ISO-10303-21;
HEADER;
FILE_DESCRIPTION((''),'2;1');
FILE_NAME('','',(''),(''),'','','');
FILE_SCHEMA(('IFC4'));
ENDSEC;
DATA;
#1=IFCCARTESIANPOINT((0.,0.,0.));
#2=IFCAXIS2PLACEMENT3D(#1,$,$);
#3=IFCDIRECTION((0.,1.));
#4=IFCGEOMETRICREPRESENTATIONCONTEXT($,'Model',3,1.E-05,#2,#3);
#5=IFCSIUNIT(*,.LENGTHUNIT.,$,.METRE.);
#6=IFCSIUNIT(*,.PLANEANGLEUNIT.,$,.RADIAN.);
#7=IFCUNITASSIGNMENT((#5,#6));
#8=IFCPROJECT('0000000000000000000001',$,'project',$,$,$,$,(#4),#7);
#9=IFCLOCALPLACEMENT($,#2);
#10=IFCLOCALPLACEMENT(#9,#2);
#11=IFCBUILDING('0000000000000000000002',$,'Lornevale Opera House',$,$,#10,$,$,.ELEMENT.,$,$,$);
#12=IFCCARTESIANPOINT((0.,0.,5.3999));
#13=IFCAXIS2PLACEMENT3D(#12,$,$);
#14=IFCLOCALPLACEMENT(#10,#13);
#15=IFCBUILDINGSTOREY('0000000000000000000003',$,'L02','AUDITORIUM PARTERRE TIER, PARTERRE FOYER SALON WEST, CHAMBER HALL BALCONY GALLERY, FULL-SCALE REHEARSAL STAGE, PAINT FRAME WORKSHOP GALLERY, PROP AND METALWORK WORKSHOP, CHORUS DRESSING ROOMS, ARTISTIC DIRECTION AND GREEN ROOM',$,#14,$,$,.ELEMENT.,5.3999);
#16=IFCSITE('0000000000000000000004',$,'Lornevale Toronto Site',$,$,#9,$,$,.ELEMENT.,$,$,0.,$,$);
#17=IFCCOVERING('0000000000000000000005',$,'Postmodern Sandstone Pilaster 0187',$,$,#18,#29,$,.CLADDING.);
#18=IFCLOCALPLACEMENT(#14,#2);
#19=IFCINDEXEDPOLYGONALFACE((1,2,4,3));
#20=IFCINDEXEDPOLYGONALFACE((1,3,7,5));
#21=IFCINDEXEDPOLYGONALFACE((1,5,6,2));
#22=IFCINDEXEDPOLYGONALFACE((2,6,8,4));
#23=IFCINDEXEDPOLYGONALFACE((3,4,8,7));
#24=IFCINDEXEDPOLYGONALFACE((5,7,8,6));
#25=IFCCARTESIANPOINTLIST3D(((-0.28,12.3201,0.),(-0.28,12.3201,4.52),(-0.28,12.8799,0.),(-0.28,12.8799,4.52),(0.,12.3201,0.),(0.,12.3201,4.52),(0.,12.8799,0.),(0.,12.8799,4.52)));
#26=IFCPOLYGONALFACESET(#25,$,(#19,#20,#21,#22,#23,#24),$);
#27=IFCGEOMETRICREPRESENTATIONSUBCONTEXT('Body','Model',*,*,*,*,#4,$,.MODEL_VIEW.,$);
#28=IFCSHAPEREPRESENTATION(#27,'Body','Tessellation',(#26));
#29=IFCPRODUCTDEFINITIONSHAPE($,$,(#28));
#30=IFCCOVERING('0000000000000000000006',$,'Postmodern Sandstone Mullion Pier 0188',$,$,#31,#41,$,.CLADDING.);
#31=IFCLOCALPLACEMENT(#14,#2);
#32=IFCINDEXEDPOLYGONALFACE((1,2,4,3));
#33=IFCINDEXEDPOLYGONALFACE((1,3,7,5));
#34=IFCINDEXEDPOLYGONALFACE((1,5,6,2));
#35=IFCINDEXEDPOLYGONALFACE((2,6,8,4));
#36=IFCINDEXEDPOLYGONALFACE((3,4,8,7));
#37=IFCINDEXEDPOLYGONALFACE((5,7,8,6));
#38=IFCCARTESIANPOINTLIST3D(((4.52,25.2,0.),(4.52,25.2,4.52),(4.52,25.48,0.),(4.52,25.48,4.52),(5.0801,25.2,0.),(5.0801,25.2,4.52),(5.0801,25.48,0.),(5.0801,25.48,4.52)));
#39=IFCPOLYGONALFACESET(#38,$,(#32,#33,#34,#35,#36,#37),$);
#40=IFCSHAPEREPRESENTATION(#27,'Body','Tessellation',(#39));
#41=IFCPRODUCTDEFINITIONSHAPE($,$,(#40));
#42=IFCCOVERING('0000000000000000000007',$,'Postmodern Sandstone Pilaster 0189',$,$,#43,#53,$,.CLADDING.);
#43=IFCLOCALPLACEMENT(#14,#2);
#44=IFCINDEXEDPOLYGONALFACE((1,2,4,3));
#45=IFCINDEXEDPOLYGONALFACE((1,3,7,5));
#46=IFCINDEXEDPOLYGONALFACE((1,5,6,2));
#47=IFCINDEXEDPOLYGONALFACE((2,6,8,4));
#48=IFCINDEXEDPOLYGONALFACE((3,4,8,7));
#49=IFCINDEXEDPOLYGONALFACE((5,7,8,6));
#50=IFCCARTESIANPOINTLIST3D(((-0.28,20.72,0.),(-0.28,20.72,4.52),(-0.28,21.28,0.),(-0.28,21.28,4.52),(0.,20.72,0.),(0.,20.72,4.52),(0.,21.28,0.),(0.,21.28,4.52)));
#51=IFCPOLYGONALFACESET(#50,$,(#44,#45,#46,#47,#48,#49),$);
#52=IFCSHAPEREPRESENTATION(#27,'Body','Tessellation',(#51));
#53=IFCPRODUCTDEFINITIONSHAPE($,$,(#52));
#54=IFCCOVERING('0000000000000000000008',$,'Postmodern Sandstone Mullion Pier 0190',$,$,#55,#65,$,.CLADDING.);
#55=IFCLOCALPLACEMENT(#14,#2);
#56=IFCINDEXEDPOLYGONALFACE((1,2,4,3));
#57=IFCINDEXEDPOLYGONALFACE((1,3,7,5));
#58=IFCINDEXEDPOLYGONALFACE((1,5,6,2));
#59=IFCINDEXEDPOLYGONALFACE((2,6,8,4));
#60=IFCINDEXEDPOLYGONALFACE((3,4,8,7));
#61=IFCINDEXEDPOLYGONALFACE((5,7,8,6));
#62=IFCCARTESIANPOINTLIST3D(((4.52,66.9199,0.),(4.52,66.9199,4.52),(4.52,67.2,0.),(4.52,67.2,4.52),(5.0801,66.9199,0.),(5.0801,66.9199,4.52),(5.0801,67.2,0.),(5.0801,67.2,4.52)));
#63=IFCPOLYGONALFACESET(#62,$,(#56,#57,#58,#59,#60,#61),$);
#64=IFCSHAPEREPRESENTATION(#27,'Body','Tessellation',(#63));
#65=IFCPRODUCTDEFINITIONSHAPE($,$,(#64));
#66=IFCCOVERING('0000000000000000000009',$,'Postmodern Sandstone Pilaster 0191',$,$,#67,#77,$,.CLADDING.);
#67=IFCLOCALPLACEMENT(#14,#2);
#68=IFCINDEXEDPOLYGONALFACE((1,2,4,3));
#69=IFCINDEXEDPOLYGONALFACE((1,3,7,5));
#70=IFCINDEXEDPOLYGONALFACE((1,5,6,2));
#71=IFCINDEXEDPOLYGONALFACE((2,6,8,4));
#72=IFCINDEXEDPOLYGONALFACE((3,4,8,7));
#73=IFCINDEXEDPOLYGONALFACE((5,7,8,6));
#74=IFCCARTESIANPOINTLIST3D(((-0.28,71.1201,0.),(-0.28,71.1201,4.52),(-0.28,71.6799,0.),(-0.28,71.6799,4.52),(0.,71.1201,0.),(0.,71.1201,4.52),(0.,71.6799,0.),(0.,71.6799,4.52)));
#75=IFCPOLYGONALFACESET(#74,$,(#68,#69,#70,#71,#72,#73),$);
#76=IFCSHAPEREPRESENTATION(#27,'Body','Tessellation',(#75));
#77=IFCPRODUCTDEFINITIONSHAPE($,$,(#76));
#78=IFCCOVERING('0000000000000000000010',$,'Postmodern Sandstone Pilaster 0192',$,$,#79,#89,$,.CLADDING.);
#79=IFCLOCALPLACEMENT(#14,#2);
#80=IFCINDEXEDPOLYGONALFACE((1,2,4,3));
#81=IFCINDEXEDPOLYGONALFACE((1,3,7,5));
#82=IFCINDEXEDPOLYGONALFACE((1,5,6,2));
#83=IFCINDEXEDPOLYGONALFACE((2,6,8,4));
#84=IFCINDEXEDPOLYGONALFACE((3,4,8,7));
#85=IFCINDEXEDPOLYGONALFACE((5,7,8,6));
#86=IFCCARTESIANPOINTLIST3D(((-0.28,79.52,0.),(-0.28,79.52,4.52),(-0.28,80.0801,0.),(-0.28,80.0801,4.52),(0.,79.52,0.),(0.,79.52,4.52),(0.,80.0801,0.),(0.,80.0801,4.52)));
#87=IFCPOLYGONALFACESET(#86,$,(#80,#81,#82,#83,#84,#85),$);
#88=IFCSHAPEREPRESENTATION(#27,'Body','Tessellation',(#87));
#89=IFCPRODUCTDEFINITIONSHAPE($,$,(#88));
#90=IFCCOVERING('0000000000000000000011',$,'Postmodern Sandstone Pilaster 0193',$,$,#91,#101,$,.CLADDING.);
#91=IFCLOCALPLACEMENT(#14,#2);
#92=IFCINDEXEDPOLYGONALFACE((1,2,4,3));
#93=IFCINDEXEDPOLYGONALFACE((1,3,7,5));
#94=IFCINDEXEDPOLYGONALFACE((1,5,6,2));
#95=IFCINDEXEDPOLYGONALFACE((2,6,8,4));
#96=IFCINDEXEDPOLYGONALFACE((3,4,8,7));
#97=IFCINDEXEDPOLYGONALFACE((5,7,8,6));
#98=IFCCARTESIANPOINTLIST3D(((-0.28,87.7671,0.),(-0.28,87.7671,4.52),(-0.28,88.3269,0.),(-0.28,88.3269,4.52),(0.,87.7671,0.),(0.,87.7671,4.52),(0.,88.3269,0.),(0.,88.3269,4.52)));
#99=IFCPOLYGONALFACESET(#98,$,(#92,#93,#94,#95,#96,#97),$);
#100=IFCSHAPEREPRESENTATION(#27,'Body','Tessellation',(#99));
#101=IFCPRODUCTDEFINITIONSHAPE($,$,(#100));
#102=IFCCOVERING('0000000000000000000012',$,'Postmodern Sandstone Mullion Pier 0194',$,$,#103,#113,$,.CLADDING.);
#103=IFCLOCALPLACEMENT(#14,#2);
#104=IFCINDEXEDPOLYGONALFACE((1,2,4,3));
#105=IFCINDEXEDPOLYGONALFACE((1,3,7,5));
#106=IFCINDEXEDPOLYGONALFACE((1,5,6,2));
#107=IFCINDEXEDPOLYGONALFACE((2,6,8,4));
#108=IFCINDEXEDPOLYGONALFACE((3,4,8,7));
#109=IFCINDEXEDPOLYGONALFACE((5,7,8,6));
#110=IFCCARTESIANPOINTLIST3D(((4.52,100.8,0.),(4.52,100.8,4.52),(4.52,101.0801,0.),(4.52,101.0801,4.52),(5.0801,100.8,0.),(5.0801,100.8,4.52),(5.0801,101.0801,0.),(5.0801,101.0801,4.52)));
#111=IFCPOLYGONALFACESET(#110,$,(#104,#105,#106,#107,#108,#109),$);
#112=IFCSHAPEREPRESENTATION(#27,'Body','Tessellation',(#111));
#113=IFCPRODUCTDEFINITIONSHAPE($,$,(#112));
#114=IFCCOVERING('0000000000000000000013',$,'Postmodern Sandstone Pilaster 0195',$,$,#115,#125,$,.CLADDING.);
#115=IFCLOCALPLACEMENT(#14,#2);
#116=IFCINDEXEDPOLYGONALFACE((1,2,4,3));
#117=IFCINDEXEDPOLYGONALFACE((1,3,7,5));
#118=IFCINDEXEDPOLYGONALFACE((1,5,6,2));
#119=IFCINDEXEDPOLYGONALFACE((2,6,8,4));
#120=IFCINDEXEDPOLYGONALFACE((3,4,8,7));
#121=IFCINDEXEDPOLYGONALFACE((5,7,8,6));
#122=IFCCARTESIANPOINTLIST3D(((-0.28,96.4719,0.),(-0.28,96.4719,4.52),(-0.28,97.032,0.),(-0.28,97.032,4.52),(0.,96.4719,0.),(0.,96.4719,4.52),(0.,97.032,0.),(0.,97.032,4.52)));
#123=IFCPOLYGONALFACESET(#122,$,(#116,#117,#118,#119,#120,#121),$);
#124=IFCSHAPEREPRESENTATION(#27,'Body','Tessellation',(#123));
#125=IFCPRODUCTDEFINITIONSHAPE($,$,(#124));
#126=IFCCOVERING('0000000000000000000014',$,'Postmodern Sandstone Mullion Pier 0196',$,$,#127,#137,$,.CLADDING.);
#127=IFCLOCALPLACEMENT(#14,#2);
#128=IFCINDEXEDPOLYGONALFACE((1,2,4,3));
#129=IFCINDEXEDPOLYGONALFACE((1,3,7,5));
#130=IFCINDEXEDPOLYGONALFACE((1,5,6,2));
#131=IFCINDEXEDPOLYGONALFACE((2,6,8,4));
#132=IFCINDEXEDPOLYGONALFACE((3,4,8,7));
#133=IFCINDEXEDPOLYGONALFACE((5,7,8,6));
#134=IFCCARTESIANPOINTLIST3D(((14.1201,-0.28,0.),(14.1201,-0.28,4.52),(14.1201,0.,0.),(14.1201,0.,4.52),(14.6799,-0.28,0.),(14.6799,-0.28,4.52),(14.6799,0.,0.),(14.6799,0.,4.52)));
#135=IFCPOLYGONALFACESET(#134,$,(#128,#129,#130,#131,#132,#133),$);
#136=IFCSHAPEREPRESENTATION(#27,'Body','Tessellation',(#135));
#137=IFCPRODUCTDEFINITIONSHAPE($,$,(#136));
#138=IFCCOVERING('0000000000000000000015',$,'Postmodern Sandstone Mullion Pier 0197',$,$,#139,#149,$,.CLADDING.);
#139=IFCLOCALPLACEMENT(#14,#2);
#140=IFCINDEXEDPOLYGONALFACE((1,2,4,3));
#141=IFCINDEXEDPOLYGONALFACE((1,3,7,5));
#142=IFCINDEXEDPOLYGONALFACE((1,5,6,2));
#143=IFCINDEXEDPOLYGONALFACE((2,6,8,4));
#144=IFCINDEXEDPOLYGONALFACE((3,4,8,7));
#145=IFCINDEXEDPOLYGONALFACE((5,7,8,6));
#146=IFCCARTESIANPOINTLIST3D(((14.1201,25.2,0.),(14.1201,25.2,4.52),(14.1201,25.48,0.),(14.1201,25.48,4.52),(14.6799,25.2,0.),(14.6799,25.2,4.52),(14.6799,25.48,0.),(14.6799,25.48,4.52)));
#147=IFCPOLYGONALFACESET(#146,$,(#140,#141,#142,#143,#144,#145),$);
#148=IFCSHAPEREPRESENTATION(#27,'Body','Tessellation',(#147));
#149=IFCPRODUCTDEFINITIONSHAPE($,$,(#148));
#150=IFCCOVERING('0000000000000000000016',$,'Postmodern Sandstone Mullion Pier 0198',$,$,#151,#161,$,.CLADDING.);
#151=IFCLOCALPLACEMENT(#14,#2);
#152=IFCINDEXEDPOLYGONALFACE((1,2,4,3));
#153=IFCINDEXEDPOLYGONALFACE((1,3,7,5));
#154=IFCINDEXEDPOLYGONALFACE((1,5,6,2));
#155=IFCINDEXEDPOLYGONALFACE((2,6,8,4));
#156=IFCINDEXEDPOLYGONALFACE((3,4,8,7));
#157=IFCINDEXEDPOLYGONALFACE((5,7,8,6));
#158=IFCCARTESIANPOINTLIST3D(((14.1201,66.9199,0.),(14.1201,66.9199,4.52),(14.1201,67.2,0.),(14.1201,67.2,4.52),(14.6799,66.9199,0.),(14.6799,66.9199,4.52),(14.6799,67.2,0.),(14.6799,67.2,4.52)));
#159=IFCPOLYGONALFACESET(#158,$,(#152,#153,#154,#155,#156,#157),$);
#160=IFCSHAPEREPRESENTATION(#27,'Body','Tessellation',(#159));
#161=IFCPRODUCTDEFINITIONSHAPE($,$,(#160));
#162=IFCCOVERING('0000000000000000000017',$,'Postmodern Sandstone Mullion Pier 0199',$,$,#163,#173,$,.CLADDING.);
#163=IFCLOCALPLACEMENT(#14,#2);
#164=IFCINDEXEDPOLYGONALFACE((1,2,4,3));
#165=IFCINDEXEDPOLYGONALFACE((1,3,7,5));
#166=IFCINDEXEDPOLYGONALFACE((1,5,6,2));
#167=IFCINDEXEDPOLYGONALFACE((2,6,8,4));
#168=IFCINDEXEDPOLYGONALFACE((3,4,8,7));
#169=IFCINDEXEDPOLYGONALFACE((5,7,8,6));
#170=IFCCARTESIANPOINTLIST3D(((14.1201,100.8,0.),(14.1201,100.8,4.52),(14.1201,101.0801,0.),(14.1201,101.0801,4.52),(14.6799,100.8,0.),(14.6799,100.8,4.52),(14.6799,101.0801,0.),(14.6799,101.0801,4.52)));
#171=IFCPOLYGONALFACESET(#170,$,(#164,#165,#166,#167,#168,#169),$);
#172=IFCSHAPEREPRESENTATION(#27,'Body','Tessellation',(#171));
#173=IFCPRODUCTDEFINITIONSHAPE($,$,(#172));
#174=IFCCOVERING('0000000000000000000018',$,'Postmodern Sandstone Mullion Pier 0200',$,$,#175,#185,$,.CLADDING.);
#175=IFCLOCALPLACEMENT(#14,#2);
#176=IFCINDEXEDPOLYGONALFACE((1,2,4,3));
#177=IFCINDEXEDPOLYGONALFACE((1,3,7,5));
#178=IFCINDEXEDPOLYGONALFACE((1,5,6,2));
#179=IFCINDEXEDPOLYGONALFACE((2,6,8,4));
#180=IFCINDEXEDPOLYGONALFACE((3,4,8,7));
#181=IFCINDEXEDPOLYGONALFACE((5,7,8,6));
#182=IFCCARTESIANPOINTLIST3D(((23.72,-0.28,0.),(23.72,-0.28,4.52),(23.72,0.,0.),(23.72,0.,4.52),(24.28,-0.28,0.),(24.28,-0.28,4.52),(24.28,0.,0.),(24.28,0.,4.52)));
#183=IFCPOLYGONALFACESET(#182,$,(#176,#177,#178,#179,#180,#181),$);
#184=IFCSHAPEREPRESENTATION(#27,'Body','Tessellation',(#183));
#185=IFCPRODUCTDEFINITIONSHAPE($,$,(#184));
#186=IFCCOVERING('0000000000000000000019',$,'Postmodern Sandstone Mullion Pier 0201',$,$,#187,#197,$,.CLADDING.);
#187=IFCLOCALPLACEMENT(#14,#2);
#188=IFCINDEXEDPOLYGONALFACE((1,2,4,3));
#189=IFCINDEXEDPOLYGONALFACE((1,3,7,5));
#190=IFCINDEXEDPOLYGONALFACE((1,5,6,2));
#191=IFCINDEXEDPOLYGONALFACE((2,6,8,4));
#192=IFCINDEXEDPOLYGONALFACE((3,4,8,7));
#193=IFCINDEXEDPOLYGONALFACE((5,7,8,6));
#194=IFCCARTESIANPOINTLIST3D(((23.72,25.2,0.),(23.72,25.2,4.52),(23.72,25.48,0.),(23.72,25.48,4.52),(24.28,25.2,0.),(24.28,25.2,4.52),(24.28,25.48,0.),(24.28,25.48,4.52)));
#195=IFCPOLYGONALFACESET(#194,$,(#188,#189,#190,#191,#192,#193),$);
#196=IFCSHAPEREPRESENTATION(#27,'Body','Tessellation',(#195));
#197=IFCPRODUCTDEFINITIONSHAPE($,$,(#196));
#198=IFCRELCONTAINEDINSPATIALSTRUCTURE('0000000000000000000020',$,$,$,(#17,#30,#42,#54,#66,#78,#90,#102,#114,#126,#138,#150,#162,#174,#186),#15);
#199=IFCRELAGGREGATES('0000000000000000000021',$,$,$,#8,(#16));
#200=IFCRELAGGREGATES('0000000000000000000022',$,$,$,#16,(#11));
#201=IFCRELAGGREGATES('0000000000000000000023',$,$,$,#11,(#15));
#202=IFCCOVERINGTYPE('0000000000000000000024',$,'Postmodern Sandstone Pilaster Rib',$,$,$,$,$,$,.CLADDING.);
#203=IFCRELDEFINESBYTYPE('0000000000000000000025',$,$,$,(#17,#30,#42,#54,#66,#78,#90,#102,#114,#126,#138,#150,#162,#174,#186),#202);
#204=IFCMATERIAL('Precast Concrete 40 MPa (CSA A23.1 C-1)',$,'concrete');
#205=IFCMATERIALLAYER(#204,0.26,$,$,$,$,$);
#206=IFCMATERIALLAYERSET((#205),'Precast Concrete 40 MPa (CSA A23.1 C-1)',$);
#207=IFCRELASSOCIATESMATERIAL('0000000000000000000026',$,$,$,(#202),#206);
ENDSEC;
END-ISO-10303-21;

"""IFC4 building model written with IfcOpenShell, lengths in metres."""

from ifc_helpers import new_model, si_unit, direction, frame, origin, place, context, subcontext, project, spatial, polyline, outline, extrude, material, layer, layer_set, type_object, element, save


model = new_model("IFC4")

# Units and contexts
model_context = context("Model", 3, precision=1e-05, world=origin(), true_north=direction((0.0, 1.0)))
body_context = subcontext(model_context, "Body", "Model", "MODEL_VIEW")
ifc_project = project(units=[si_unit("LENGTHUNIT", "METRE"), si_unit("PLANEANGLEUNIT", "RADIAN")], contexts=[model_context])

# Site, building, storey
site_placement = place(None, origin())
site = spatial("IfcSite", under=ifc_project, at=site_placement, Name="Lornevale Toronto Site", CompositionType="ELEMENT", RefElevation=0.0)
building_placement = place(site_placement, origin())
building = spatial("IfcBuilding", under=site, at=building_placement, Name="Lornevale Opera House", CompositionType="ELEMENT")
storey_placement = place(building_placement, frame((0.0, 0.0, 5.3999)))
storey = spatial("IfcBuildingStorey", under=building, at=storey_placement, Name="L02", Description="AUDITORIUM PARTERRE TIER, PARTERRE FOYER SALON WEST, CHAMBER HALL BALCONY GALLERY, FULL-SCALE REHEARSAL STAGE, PAINT FRAME WORKSHOP GALLERY, PROP AND METALWORK WORKSHOP, CHORUS DRESSING ROOMS, ARTISTIC DIRECTION AND GREEN ROOM", CompositionType="ELEMENT", Elevation=5.3999)

# Coverings
ifc_material = material(Name="Precast Concrete 40 MPa (CSA A23.1 C-1)", Category="concrete")
ifc_layer = layer(ifc_material, 0.26)
ifc_layer_set = layer_set([ifc_layer], Name="Precast Concrete 40 MPa (CSA A23.1 C-1)")
covering_type = type_object("IfcCoveringType", Name="Postmodern Sandstone Pilaster Rib", PredefinedType="CLADDING", material=ifc_layer_set)
covering_1_placement = place(storey_placement, origin())
element("IfcCovering", 1, at=covering_1_placement, inside=storey, type_object=covering_type, Name="Postmodern Sandstone Pilaster 0187", PredefinedType="CLADDING", context=body_context, shape_type="SweptSolid", body=[
    extrude(outline(polyline([(0.0, 12.3201), (0.0, 12.8799), (-0.28, 12.8799), (-0.28, 12.3201), (0.0, 12.3201)])), origin(), (0.0, 0.0, 1.0), 4.52),
])
covering_2_placement = place(storey_placement, origin())
element("IfcCovering", 2, at=covering_2_placement, inside=storey, type_object=covering_type, Name="Postmodern Sandstone Mullion Pier 0188", PredefinedType="CLADDING", context=body_context, shape_type="SweptSolid", body=[
    extrude(outline(polyline([(4.52, 25.2), (5.0801, 25.2), (5.0801, 25.48), (4.52, 25.48), (4.52, 25.2)])), origin(), (0.0, 0.0, 1.0), 4.52),
])
covering_3_placement = place(storey_placement, origin())
element("IfcCovering", 3, at=covering_3_placement, inside=storey, type_object=covering_type, Name="Postmodern Sandstone Pilaster 0189", PredefinedType="CLADDING", context=body_context, shape_type="SweptSolid", body=[
    extrude(outline(polyline([(0.0, 20.72), (0.0, 21.28), (-0.28, 21.28), (-0.28, 20.72), (0.0, 20.72)])), origin(), (0.0, 0.0, 1.0), 4.52),
])
covering_4_placement = place(storey_placement, origin())
element("IfcCovering", 4, at=covering_4_placement, inside=storey, type_object=covering_type, Name="Postmodern Sandstone Mullion Pier 0190", PredefinedType="CLADDING", context=body_context, shape_type="SweptSolid", body=[
    extrude(outline(polyline([(5.0801, 67.2), (4.52, 67.2), (4.52, 66.9199), (5.0801, 66.9199), (5.0801, 67.2)])), origin(), (0.0, 0.0, 1.0), 4.52),
])
covering_5_placement = place(storey_placement, origin())
element("IfcCovering", 5, at=covering_5_placement, inside=storey, type_object=covering_type, Name="Postmodern Sandstone Pilaster 0191", PredefinedType="CLADDING", context=body_context, shape_type="SweptSolid", body=[
    extrude(outline(polyline([(0.0, 71.1201), (0.0, 71.6799), (-0.28, 71.6799), (-0.28, 71.1201), (0.0, 71.1201)])), origin(), (0.0, 0.0, 1.0), 4.52),
])
covering_6_placement = place(storey_placement, origin())
element("IfcCovering", 6, at=covering_6_placement, inside=storey, type_object=covering_type, Name="Postmodern Sandstone Pilaster 0192", PredefinedType="CLADDING", context=body_context, shape_type="SweptSolid", body=[
    extrude(outline(polyline([(0.0, 79.52), (0.0, 80.0801), (-0.28, 80.0801), (-0.28, 79.52), (0.0, 79.52)])), origin(), (0.0, 0.0, 1.0), 4.52),
])
covering_7_placement = place(storey_placement, origin())
element("IfcCovering", 7, at=covering_7_placement, inside=storey, type_object=covering_type, Name="Postmodern Sandstone Pilaster 0193", PredefinedType="CLADDING", context=body_context, shape_type="SweptSolid", body=[
    extrude(outline(polyline([(0.0, 87.7671), (0.0, 88.3269), (-0.28, 88.3269), (-0.28, 87.7671), (0.0, 87.7671)])), origin(), (0.0, 0.0, 1.0), 4.52),
])
covering_8_placement = place(storey_placement, origin())
element("IfcCovering", 8, at=covering_8_placement, inside=storey, type_object=covering_type, Name="Postmodern Sandstone Mullion Pier 0194", PredefinedType="CLADDING", context=body_context, shape_type="SweptSolid", body=[
    extrude(outline(polyline([(4.52, 100.8), (5.0801, 100.8), (5.0801, 101.0801), (4.52, 101.0801), (4.52, 100.8)])), origin(), (0.0, 0.0, 1.0), 4.52),
])
covering_9_placement = place(storey_placement, origin())
element("IfcCovering", 9, at=covering_9_placement, inside=storey, type_object=covering_type, Name="Postmodern Sandstone Pilaster 0195", PredefinedType="CLADDING", context=body_context, shape_type="SweptSolid", body=[
    extrude(outline(polyline([(0.0, 96.4719), (0.0, 97.032), (-0.28, 97.032), (-0.28, 96.4719), (0.0, 96.4719)])), origin(), (0.0, 0.0, 1.0), 4.52),
])
covering_10_placement = place(storey_placement, origin())
element("IfcCovering", 10, at=covering_10_placement, inside=storey, type_object=covering_type, Name="Postmodern Sandstone Mullion Pier 0196", PredefinedType="CLADDING", context=body_context, shape_type="SweptSolid", body=[
    extrude(outline(polyline([(14.6799, 0.0), (14.1201, 0.0), (14.1201, -0.28), (14.6799, -0.28), (14.6799, 0.0)])), origin(), (0.0, 0.0, 1.0), 4.52),
])
covering_11_placement = place(storey_placement, origin())
element("IfcCovering", 11, at=covering_11_placement, inside=storey, type_object=covering_type, Name="Postmodern Sandstone Mullion Pier 0197", PredefinedType="CLADDING", context=body_context, shape_type="SweptSolid", body=[
    extrude(outline(polyline([(14.1201, 25.2), (14.6799, 25.2), (14.6799, 25.48), (14.1201, 25.48), (14.1201, 25.2)])), origin(), (0.0, 0.0, 1.0), 4.52),
])
covering_12_placement = place(storey_placement, origin())
element("IfcCovering", 12, at=covering_12_placement, inside=storey, type_object=covering_type, Name="Postmodern Sandstone Mullion Pier 0198", PredefinedType="CLADDING", context=body_context, shape_type="SweptSolid", body=[
    extrude(outline(polyline([(14.6799, 67.2), (14.1201, 67.2), (14.1201, 66.9199), (14.6799, 66.9199), (14.6799, 67.2)])), origin(), (0.0, 0.0, 1.0), 4.52),
])
covering_13_placement = place(storey_placement, origin())
element("IfcCovering", 13, at=covering_13_placement, inside=storey, type_object=covering_type, Name="Postmodern Sandstone Mullion Pier 0199", PredefinedType="CLADDING", context=body_context, shape_type="SweptSolid", body=[
    extrude(outline(polyline([(14.1201, 100.8), (14.6799, 100.8), (14.6799, 101.0801), (14.1201, 101.0801), (14.1201, 100.8)])), origin(), (0.0, 0.0, 1.0), 4.52),
])
covering_14_placement = place(storey_placement, origin())
element("IfcCovering", 14, at=covering_14_placement, inside=storey, type_object=covering_type, Name="Postmodern Sandstone Mullion Pier 0200", PredefinedType="CLADDING", context=body_context, shape_type="SweptSolid", body=[
    extrude(outline(polyline([(24.28, 0.0), (23.72, 0.0), (23.72, -0.28), (24.28, -0.28), (24.28, 0.0)])), origin(), (0.0, 0.0, 1.0), 4.52),
])
covering_15_placement = place(storey_placement, origin())
element("IfcCovering", 15, at=covering_15_placement, inside=storey, type_object=covering_type, Name="Postmodern Sandstone Mullion Pier 0201", PredefinedType="CLADDING", context=body_context, shape_type="SweptSolid", body=[
    extrude(outline(polyline([(23.72, 25.2), (24.28, 25.2), (24.28, 25.48), (23.72, 25.48), (23.72, 25.2)])), origin(), (0.0, 0.0, 1.0), 4.52),
])

save(model, "model.ifc")
